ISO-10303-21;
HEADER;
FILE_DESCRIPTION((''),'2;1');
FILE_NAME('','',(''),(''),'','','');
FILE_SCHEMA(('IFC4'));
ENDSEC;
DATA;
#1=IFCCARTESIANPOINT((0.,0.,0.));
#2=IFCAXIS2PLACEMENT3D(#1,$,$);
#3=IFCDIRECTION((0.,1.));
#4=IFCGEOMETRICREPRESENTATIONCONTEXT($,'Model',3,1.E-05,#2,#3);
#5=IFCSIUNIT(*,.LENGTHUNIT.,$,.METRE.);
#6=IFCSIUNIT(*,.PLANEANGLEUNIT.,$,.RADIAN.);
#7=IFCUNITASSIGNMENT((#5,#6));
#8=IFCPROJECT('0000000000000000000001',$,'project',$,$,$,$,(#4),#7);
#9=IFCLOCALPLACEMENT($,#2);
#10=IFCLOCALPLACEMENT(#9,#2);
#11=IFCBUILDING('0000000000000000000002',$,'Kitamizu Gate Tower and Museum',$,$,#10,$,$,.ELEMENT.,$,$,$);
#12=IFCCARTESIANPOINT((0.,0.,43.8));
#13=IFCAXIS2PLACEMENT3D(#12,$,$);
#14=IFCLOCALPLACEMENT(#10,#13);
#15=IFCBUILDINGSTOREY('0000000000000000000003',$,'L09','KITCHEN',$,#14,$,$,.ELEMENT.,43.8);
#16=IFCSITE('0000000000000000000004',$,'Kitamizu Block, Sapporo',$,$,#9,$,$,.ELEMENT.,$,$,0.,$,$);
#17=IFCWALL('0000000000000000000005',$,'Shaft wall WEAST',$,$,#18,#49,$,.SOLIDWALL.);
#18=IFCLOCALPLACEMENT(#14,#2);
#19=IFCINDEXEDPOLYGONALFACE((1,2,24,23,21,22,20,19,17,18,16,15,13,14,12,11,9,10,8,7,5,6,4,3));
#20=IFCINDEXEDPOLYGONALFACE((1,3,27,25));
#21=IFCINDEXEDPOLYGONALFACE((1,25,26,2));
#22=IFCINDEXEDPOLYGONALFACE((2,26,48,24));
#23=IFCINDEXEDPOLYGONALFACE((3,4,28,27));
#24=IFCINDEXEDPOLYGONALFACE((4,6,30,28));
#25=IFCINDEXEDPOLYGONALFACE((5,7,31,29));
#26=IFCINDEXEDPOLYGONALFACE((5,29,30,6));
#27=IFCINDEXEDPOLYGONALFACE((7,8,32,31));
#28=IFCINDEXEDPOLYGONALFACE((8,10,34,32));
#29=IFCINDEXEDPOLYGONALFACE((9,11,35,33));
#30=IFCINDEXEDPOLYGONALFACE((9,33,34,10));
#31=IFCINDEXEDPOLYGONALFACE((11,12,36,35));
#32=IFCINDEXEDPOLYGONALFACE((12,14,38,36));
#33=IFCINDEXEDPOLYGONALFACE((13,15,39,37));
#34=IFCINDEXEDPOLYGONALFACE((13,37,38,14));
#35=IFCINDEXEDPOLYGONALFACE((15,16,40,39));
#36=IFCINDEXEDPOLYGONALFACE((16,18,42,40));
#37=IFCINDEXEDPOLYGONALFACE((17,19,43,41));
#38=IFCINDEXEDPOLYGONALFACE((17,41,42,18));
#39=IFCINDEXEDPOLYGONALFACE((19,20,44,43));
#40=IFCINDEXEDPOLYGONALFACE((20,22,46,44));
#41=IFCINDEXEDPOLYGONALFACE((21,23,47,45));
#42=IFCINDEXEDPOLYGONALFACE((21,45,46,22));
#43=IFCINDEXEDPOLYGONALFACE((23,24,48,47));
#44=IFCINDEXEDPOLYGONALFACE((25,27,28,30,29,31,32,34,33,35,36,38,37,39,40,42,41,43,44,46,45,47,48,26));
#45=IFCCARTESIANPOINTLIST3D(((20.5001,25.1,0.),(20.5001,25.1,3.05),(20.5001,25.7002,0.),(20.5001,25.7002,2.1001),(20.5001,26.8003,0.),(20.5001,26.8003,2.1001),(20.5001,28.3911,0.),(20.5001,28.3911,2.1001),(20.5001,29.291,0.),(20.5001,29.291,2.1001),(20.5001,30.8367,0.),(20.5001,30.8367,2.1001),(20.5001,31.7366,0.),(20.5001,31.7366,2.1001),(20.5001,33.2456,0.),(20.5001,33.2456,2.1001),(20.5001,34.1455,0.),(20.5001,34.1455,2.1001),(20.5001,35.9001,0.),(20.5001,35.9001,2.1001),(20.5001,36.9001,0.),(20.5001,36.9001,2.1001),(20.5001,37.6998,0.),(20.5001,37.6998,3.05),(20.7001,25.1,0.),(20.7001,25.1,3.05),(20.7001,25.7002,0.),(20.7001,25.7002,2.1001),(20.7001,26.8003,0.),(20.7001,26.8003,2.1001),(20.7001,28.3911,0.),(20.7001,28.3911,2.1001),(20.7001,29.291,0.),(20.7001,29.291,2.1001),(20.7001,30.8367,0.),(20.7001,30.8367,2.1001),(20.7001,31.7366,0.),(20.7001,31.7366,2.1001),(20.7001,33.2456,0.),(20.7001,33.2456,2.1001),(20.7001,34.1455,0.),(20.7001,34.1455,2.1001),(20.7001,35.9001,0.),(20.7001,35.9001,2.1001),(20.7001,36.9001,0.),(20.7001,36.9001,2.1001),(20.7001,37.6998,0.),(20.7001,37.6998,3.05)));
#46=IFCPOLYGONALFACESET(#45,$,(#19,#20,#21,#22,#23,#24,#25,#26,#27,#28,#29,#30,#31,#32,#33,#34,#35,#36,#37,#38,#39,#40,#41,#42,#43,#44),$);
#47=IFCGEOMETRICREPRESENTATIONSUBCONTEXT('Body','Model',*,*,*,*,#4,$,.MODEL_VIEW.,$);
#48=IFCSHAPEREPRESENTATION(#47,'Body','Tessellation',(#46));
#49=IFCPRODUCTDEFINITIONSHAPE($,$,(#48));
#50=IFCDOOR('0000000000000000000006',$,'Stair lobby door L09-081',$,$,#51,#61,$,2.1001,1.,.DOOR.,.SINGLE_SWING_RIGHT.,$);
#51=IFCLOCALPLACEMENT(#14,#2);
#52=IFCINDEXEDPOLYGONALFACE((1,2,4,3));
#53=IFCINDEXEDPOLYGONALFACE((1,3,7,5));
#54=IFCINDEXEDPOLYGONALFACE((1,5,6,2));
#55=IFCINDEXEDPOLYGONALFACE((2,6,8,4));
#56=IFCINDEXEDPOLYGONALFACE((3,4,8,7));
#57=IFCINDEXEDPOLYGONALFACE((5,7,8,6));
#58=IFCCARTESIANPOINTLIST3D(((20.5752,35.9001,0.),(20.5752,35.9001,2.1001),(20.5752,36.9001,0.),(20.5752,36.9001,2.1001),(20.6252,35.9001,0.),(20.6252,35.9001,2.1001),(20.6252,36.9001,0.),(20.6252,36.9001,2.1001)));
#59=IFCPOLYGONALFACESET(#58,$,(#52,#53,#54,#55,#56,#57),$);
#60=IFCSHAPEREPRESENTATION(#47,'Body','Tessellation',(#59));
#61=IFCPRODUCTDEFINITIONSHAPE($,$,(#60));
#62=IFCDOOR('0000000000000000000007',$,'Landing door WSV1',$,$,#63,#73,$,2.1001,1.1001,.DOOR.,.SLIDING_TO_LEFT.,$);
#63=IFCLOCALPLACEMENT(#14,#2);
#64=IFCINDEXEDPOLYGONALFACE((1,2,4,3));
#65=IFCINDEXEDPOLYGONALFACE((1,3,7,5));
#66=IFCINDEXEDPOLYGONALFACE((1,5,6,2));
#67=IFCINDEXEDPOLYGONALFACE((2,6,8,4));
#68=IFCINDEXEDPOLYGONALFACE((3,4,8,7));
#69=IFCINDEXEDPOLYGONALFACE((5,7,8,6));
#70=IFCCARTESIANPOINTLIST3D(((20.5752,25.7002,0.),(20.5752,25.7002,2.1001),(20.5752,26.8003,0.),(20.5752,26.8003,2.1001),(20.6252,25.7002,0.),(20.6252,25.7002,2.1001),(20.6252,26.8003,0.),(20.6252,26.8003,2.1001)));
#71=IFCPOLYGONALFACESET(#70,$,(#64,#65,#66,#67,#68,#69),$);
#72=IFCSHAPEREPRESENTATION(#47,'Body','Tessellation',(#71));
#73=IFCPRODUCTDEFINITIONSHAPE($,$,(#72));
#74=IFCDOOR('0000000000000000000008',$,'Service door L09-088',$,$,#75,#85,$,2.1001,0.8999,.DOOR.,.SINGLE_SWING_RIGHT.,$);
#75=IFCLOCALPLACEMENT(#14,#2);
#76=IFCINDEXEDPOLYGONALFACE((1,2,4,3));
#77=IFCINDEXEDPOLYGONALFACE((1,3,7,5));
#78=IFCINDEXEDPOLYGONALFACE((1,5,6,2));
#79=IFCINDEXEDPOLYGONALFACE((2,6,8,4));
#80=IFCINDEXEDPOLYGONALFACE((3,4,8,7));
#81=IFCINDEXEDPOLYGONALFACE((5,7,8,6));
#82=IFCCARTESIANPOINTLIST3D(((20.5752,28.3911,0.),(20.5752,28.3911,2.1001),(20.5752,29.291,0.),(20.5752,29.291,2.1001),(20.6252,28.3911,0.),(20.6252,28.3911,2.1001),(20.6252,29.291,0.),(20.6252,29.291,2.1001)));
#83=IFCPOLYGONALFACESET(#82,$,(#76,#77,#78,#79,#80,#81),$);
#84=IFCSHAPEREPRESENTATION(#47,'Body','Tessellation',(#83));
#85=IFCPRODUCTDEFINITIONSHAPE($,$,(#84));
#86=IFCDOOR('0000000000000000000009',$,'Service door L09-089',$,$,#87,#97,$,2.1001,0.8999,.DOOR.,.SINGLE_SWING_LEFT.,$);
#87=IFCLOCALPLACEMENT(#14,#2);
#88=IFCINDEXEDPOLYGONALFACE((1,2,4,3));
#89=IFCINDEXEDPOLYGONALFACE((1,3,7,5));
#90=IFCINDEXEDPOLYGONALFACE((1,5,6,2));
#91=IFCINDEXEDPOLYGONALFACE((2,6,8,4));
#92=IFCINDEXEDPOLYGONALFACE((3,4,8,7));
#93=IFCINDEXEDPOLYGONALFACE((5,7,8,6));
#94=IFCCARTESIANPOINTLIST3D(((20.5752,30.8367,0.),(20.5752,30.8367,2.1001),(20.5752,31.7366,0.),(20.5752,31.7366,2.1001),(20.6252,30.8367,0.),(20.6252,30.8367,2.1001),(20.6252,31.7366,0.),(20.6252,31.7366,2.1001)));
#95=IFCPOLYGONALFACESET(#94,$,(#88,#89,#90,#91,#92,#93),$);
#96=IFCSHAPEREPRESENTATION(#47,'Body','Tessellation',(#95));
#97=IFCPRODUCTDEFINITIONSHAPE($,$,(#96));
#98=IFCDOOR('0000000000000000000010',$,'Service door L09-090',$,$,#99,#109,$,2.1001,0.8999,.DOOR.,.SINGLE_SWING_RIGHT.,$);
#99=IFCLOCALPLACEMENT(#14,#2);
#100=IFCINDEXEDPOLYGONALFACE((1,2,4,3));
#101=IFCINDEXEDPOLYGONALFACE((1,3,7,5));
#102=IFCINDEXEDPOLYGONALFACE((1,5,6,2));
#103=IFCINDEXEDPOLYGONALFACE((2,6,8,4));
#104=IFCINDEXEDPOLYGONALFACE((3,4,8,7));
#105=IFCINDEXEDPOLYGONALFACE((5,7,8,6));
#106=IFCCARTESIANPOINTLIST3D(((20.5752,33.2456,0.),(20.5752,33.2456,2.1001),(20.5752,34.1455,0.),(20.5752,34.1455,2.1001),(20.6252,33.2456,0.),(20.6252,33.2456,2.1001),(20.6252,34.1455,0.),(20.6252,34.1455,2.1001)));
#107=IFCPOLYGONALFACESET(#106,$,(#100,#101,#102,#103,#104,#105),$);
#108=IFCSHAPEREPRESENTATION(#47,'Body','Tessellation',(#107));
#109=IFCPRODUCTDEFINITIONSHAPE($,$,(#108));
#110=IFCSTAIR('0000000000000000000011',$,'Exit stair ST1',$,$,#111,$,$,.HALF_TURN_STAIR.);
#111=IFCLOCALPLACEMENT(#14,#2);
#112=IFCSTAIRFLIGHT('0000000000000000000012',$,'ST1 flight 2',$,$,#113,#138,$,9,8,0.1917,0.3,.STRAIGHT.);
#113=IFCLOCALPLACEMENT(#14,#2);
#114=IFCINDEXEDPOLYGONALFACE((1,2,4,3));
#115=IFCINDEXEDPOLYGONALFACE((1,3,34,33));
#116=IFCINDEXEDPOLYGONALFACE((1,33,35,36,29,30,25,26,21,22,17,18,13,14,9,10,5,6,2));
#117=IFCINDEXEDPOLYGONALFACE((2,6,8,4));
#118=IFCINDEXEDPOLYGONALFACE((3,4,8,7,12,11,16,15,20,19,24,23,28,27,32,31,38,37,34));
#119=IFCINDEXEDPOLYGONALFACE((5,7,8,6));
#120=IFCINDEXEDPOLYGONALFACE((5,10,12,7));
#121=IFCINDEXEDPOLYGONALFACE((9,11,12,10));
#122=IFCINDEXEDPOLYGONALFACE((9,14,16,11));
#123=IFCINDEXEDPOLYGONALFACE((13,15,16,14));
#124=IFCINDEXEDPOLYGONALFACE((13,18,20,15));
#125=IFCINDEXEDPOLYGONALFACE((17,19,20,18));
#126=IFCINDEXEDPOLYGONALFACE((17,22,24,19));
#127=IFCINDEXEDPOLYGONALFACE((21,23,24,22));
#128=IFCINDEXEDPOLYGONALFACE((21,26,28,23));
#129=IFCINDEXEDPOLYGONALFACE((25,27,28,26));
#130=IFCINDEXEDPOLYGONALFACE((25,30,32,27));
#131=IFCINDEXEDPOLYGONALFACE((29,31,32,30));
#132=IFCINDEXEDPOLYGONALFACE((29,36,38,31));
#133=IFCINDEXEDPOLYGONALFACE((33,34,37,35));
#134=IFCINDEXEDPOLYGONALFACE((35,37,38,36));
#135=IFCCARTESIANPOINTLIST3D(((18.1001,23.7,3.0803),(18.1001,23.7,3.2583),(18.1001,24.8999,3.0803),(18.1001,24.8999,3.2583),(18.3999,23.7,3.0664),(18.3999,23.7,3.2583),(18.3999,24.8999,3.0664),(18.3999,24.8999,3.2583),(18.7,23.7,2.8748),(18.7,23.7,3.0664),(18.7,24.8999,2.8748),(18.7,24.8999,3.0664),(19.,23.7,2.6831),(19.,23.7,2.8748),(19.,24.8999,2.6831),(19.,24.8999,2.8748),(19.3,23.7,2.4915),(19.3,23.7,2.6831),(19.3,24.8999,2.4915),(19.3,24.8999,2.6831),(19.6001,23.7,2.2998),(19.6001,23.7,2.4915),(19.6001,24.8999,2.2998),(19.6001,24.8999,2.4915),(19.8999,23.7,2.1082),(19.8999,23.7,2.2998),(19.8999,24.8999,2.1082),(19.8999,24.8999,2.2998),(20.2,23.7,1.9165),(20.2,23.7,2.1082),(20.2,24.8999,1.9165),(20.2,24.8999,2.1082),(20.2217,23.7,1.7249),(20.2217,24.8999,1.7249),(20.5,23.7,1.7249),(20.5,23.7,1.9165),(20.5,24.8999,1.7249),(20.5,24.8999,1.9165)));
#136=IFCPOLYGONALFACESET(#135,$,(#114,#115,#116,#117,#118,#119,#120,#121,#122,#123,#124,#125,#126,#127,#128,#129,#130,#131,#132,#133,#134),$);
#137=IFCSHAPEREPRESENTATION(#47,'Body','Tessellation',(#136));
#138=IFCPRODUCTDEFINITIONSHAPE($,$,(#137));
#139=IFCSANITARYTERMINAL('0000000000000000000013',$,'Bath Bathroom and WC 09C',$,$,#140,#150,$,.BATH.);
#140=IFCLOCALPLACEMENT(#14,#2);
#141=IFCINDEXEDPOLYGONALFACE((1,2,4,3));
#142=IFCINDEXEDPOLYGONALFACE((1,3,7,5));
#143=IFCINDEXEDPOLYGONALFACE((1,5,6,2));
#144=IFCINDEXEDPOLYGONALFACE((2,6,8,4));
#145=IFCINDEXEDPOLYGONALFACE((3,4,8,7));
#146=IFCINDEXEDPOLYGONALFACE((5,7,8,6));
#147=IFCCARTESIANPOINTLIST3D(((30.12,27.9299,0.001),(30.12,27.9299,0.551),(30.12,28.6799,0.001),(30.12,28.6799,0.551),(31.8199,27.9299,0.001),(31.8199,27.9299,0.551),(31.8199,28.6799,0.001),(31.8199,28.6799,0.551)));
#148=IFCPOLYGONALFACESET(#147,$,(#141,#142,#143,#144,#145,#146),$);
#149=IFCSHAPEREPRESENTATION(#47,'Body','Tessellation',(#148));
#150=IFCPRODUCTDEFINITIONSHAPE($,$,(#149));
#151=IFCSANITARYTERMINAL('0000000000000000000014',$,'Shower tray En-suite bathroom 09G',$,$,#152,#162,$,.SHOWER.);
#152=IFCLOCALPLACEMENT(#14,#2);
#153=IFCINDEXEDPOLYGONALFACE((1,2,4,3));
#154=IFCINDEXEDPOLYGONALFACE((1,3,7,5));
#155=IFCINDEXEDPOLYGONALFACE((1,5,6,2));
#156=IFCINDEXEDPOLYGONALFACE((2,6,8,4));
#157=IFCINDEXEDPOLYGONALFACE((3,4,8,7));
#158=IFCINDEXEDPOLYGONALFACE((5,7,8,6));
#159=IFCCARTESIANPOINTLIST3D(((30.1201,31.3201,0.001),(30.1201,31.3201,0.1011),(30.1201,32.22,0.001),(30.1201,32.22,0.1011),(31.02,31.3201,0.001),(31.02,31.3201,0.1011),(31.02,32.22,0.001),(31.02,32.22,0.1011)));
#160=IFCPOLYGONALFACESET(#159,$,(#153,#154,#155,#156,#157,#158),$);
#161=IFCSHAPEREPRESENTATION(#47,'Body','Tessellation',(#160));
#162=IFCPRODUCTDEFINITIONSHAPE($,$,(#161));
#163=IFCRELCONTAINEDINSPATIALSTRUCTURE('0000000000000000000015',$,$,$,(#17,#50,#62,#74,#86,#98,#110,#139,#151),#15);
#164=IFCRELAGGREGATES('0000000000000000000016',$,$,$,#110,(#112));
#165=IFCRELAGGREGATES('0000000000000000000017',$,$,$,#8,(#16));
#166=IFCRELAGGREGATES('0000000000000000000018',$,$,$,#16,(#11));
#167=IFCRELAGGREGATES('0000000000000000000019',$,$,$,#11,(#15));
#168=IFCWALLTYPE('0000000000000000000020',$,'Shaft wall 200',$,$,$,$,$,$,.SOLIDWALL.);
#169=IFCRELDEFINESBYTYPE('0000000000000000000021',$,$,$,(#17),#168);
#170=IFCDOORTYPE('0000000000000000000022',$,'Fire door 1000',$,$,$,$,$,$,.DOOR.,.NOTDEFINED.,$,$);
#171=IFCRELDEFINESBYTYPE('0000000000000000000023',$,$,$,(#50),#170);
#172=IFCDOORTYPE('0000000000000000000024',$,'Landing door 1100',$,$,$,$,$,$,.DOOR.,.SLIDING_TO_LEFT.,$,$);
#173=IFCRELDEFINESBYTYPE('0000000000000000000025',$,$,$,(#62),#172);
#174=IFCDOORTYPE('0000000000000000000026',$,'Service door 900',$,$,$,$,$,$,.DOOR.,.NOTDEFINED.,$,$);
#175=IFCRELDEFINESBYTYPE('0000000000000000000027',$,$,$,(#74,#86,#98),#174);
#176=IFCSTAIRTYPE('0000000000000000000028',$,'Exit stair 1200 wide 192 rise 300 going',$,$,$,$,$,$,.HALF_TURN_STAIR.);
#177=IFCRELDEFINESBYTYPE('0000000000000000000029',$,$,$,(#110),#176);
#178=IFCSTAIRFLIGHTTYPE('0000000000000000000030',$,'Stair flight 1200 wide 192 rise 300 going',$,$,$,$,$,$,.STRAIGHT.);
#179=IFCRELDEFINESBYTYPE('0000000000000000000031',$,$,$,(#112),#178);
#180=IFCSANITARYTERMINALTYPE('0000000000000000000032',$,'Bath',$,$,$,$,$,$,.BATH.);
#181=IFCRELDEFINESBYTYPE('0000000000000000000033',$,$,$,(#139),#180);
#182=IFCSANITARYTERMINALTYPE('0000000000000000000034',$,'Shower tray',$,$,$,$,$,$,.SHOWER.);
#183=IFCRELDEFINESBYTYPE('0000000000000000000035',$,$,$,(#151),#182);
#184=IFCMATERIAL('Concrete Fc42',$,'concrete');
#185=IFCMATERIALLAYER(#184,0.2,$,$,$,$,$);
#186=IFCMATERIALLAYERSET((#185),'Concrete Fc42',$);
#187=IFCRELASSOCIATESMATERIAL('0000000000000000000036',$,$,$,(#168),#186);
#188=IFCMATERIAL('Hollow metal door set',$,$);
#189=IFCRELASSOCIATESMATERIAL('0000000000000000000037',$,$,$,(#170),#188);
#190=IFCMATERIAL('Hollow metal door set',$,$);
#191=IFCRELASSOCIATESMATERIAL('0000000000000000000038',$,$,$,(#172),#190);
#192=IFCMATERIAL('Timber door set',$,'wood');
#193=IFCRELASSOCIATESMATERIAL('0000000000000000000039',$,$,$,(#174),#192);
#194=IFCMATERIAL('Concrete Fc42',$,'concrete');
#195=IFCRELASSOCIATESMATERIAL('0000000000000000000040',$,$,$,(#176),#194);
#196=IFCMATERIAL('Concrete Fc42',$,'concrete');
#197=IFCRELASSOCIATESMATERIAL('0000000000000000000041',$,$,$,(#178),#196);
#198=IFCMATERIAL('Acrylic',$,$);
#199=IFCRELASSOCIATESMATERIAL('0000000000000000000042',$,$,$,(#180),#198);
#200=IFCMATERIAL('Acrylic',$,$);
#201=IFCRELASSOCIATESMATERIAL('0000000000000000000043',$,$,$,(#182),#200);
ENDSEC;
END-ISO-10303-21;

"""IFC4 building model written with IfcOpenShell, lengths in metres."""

from ifc_helpers import new_model, si_unit, direction, frame, frame_2d, origin, origin_2d, place, context, subcontext, project, spatial, polyline, rectangle, outline, extrude, material, layer, layer_set, type_object, element, fill, aggregate, save


model = new_model("IFC4")

# Units and contexts
model_context = context("Model", 3, precision=1e-05, world=origin(), true_north=direction((0.0, 1.0)))
body_context = subcontext(model_context, "Body", "Model", "MODEL_VIEW")
ifc_project = project(units=[si_unit("LENGTHUNIT", "METRE"), si_unit("PLANEANGLEUNIT", "RADIAN")], contexts=[model_context])

# Site, building, storey
site_placement = place(None, origin())
site = spatial("IfcSite", under=ifc_project, at=site_placement, Name="Kitamizu Block, Sapporo", CompositionType="ELEMENT", RefElevation=0.0)
building_placement = place(site_placement, origin())
building = spatial("IfcBuilding", under=site, at=building_placement, Name="Kitamizu Gate Tower and Museum", CompositionType="ELEMENT")
storey_placement = place(building_placement, frame((0.0, 0.0, 43.8)))
storey = spatial("IfcBuildingStorey", under=building, at=storey_placement, Name="L09", Description="KITCHEN", CompositionType="ELEMENT", Elevation=43.8)

# Wall, openings, doors
ifc_material_1 = material(Name="Concrete Fc42", Category="concrete")
ifc_layer_1 = layer(ifc_material_1, 0.2)
ifc_layer_set_1 = layer_set([ifc_layer_1], Name="Concrete Fc42")
wall_type_1 = type_object("IfcWallType", Name="Shaft wall 200", PredefinedType="SOLIDWALL", material=ifc_layer_set_1)
wall_1_placement = place(storey_placement, frame((20.6001, 25.1001, 0.0), z_axis=(0.0, 0.0, 1.0), x_axis=(0.0, 1.0, 0.0)))
wall_1 = element("IfcWall", 1, at=wall_1_placement, inside=storey, type_object=wall_type_1, Name="Shaft wall WEAST", PredefinedType="SOLIDWALL", context=body_context, shape_type="SweptSolid", body=[
    extrude(rectangle(XDim=12.5999, YDim=0.2, at=frame_2d((6.2998, 0.0))), origin(), (0.0, 0.0, 1.0), 3.05),
])
opening_1_placement = place(wall_1_placement, frame((0.6001, 0.0, 0.0)))
opening_1 = element("IfcOpeningElement", 2, at=opening_1_placement, cuts=wall_1, PredefinedType="OPENING", context=body_context, shape_type="SweptSolid", body=[
    extrude(rectangle(XDim=1.1001, YDim=2.1001, at=frame_2d((0.55, 1.05))), frame((0.0, 0.1099, 0.0), z_axis=(0.0, -1.0, 0.0), x_axis=(1.0, 0.0, 0.0)), (0.0, 0.0, 1.0), 0.22),
])
opening_2_placement = place(wall_1_placement, frame((10.8, 0.0, 0.0)))
opening_2 = element("IfcOpeningElement", 3, at=opening_2_placement, cuts=wall_1, PredefinedType="OPENING", context=body_context, shape_type="SweptSolid", body=[
    extrude(rectangle(XDim=1.0, YDim=2.1001, at=frame_2d((0.5, 1.05))), frame((0.0, 0.1099, 0.0), z_axis=(0.0, -1.0, 0.0), x_axis=(1.0, 0.0, 0.0)), (0.0, 0.0, 1.0), 0.22),
])
opening_3_placement = place(wall_1_placement, frame((3.291, 0.0, 0.0)))
opening_3 = element("IfcOpeningElement", 4, at=opening_3_placement, cuts=wall_1, PredefinedType="OPENING", context=body_context, shape_type="SweptSolid", body=[
    extrude(rectangle(XDim=0.8999, YDim=2.1001, at=frame_2d((0.45, 1.05))), frame((0.0, 0.1099, 0.0), z_axis=(0.0, -1.0, 0.0), x_axis=(1.0, 0.0, 0.0)), (0.0, 0.0, 1.0), 0.22),
])
opening_4_placement = place(wall_1_placement, frame((5.7366, 0.0, 0.0)))
opening_4 = element("IfcOpeningElement", 5, at=opening_4_placement, cuts=wall_1, PredefinedType="OPENING", context=body_context, shape_type="SweptSolid", body=[
    extrude(rectangle(XDim=0.8999, YDim=2.1001, at=frame_2d((0.45, 1.05))), frame((0.0, 0.1099, 0.0), z_axis=(0.0, -1.0, 0.0), x_axis=(1.0, 0.0, 0.0)), (0.0, 0.0, 1.0), 0.22),
])
opening_5_placement = place(wall_1_placement, frame((8.1455, 0.0, 0.0)))
opening_5 = element("IfcOpeningElement", 6, at=opening_5_placement, cuts=wall_1, PredefinedType="OPENING", context=body_context, shape_type="SweptSolid", body=[
    extrude(rectangle(XDim=0.8999, YDim=2.1001, at=frame_2d((0.45, 1.05))), frame((0.0, 0.1099, 0.0), z_axis=(0.0, -1.0, 0.0), x_axis=(1.0, 0.0, 0.0)), (0.0, 0.0, 1.0), 0.22),
])
ifc_material_2 = material(Name="Hollow metal door set")
door_type_1 = type_object("IfcDoorType", Name="Fire door 1000", OperationType="NOTDEFINED", PredefinedType="DOOR", material=ifc_material_2)
door_1_placement = place(opening_2_placement, origin())
door_1 = element("IfcDoor", 7, at=door_1_placement, inside=storey, type_object=door_type_1, Name="Stair lobby door L09-081", OperationType="SINGLE_SWING_RIGHT", OverallHeight=2.1001, OverallWidth=1.0, PredefinedType="DOOR", context=body_context, shape_type="SweptSolid", body=[
    extrude(rectangle(XDim=1.0, YDim=2.1001, at=frame_2d((0.5, 1.05))), frame((0.0, 0.0249, 0.0), z_axis=(0.0, -1.0, 0.0), x_axis=(1.0, 0.0, 0.0)), (0.0, 0.0, 1.0), 0.05),
])
fill(opening_2, door_1)
ifc_material_3 = material(Name="Hollow metal door set")
door_type_2 = type_object("IfcDoorType", Name="Landing door 1100", OperationType="SLIDING_TO_LEFT", PredefinedType="DOOR", material=ifc_material_3)
door_2_placement = place(opening_1_placement, origin())
door_2 = element("IfcDoor", 8, at=door_2_placement, inside=storey, type_object=door_type_2, Name="Landing door WSV1", OperationType="SLIDING_TO_LEFT", OverallHeight=2.1001, OverallWidth=1.1001, PredefinedType="DOOR", context=body_context, shape_type="SweptSolid", body=[
    extrude(rectangle(XDim=1.1001, YDim=2.1001, at=frame_2d((0.55, 1.05))), frame((0.0, 0.0249, 0.0), z_axis=(0.0, -1.0, 0.0), x_axis=(1.0, 0.0, 0.0)), (0.0, 0.0, 1.0), 0.05),
])
fill(opening_1, door_2)
ifc_material_4 = material(Name="Timber door set", Category="wood")
door_type_3 = type_object("IfcDoorType", Name="Service door 900", OperationType="NOTDEFINED", PredefinedType="DOOR", material=ifc_material_4)
door_3_placement = place(opening_3_placement, origin())
door_3 = element("IfcDoor", 9, at=door_3_placement, inside=storey, type_object=door_type_3, Name="Service door L09-088", OperationType="SINGLE_SWING_RIGHT", OverallHeight=2.1001, OverallWidth=0.8999, PredefinedType="DOOR", context=body_context, shape_type="SweptSolid", body=[
    extrude(rectangle(XDim=0.8999, YDim=2.1001, at=frame_2d((0.45, 1.05))), frame((0.0, 0.0249, 0.0), z_axis=(0.0, -1.0, 0.0), x_axis=(1.0, 0.0, 0.0)), (0.0, 0.0, 1.0), 0.05),
])
fill(opening_3, door_3)
door_4_placement = place(opening_4_placement, origin())
door_4 = element("IfcDoor", 10, at=door_4_placement, inside=storey, type_object=door_type_3, Name="Service door L09-089", OperationType="SINGLE_SWING_LEFT", OverallHeight=2.1001, OverallWidth=0.8999, PredefinedType="DOOR", context=body_context, shape_type="SweptSolid", body=[
    extrude(rectangle(XDim=0.8999, YDim=2.1001, at=frame_2d((0.45, 1.05))), frame((0.0, 0.0249, 0.0), z_axis=(0.0, -1.0, 0.0), x_axis=(1.0, 0.0, 0.0)), (0.0, 0.0, 1.0), 0.05),
])
fill(opening_4, door_4)
door_5_placement = place(opening_5_placement, origin())
door_5 = element("IfcDoor", 11, at=door_5_placement, inside=storey, type_object=door_type_3, Name="Service door L09-090", OperationType="SINGLE_SWING_RIGHT", OverallHeight=2.1001, OverallWidth=0.8999, PredefinedType="DOOR", context=body_context, shape_type="SweptSolid", body=[
    extrude(rectangle(XDim=0.8999, YDim=2.1001, at=frame_2d((0.45, 1.05))), frame((0.0, 0.0249, 0.0), z_axis=(0.0, -1.0, 0.0), x_axis=(1.0, 0.0, 0.0)), (0.0, 0.0, 1.0), 0.05),
])
fill(opening_5, door_5)

# Stair, stair flight
ifc_material_5 = material(Name="Concrete Fc42", Category="concrete")
stair_type = type_object("IfcStairType", Name="Exit stair 1200 wide 192 rise 300 going", PredefinedType="HALF_TURN_STAIR", material=ifc_material_5)
stair_placement = place(storey_placement, origin())
stair = element("IfcStair", 12, at=stair_placement, inside=storey, type_object=stair_type, Name="Exit stair ST1", PredefinedType="HALF_TURN_STAIR")
ifc_material_6 = material(Name="Concrete Fc42", Category="concrete")
stair_flight_type = type_object("IfcStairFlightType", Name="Stair flight 1200 wide 192 rise 300 going", PredefinedType="STRAIGHT", material=ifc_material_6)
stair_flight_placement = place(storey_placement, frame((20.5, 24.3, 1.7249), z_axis=(0.0, 0.0, 1.0), x_axis=(-1.0, 0.0, 0.0)))
stair_flight = element("IfcStairFlight", 13, at=stair_flight_placement, type_object=stair_flight_type, Name="ST1 flight 2", NumberOfRisers=9, NumberOfTreads=8, PredefinedType="STRAIGHT", RiserHeight=0.1917, TreadLength=0.3, context=body_context, shape_type="SweptSolid", body=[
    extrude(outline(polyline([(0.0, 0.0), (0.0, 0.1917), (0.3, 0.1917), (0.3, 0.3833), (0.6001, 0.3833), (0.6001, 0.575), (0.8999, 0.575), (0.8999, 0.7666), (1.2, 0.7666), (1.2, 0.9583), (1.5, 0.9583), (1.5, 1.1499), (1.8, 1.1499), (1.8, 1.3416), (2.1001, 1.3416), (2.1001, 1.5334), (2.3999, 1.5334), (2.3999, 1.7251), (2.3999, 1.3555), (0.2783, 0.0), (0.0, 0.0)])), frame((0.0, 0.6001, 0.0), z_axis=(0.0, -1.0, 0.0), x_axis=(1.0, 0.0, 0.0)), (0.0, 0.0, 1.0), 1.2),
])
aggregate(stair, [stair_flight])

# Sanitary terminals
ifc_material_7 = material(Name="Acrylic")
sanitary_terminal_type_1 = type_object("IfcSanitaryTerminalType", Name="Bath", PredefinedType="BATH", material=ifc_material_7)
sanitary_terminal_1_placement = place(storey_placement, frame((30.97, 28.3049, 0.001), z_axis=(0.0, 0.0, 1.0), x_axis=(1.0, 0.0, 0.0)))
element("IfcSanitaryTerminal", 14, at=sanitary_terminal_1_placement, inside=storey, type_object=sanitary_terminal_type_1, Name="Bath Bathroom and WC 09C", PredefinedType="BATH", context=body_context, shape_type="SweptSolid", body=[
    extrude(rectangle(XDim=1.7, YDim=0.75, at=origin_2d()), origin(), (0.0, 0.0, 1.0), 0.55),
])
ifc_material_8 = material(Name="Acrylic")
sanitary_terminal_type_2 = type_object("IfcSanitaryTerminalType", Name="Shower tray", PredefinedType="SHOWER", material=ifc_material_8)
sanitary_terminal_2_placement = place(storey_placement, frame((30.5701, 31.77, 0.001), z_axis=(0.0, 0.0, 1.0), x_axis=(1.0, 0.0, 0.0)))
element("IfcSanitaryTerminal", 15, at=sanitary_terminal_2_placement, inside=storey, type_object=sanitary_terminal_type_2, Name="Shower tray En-suite bathroom 09G", PredefinedType="SHOWER", context=body_context, shape_type="SweptSolid", body=[
    extrude(rectangle(XDim=0.8999, YDim=0.8999, at=origin_2d()), origin(), (0.0, 0.0, 1.0), 0.1001),
])

save(model, "model.ifc")
